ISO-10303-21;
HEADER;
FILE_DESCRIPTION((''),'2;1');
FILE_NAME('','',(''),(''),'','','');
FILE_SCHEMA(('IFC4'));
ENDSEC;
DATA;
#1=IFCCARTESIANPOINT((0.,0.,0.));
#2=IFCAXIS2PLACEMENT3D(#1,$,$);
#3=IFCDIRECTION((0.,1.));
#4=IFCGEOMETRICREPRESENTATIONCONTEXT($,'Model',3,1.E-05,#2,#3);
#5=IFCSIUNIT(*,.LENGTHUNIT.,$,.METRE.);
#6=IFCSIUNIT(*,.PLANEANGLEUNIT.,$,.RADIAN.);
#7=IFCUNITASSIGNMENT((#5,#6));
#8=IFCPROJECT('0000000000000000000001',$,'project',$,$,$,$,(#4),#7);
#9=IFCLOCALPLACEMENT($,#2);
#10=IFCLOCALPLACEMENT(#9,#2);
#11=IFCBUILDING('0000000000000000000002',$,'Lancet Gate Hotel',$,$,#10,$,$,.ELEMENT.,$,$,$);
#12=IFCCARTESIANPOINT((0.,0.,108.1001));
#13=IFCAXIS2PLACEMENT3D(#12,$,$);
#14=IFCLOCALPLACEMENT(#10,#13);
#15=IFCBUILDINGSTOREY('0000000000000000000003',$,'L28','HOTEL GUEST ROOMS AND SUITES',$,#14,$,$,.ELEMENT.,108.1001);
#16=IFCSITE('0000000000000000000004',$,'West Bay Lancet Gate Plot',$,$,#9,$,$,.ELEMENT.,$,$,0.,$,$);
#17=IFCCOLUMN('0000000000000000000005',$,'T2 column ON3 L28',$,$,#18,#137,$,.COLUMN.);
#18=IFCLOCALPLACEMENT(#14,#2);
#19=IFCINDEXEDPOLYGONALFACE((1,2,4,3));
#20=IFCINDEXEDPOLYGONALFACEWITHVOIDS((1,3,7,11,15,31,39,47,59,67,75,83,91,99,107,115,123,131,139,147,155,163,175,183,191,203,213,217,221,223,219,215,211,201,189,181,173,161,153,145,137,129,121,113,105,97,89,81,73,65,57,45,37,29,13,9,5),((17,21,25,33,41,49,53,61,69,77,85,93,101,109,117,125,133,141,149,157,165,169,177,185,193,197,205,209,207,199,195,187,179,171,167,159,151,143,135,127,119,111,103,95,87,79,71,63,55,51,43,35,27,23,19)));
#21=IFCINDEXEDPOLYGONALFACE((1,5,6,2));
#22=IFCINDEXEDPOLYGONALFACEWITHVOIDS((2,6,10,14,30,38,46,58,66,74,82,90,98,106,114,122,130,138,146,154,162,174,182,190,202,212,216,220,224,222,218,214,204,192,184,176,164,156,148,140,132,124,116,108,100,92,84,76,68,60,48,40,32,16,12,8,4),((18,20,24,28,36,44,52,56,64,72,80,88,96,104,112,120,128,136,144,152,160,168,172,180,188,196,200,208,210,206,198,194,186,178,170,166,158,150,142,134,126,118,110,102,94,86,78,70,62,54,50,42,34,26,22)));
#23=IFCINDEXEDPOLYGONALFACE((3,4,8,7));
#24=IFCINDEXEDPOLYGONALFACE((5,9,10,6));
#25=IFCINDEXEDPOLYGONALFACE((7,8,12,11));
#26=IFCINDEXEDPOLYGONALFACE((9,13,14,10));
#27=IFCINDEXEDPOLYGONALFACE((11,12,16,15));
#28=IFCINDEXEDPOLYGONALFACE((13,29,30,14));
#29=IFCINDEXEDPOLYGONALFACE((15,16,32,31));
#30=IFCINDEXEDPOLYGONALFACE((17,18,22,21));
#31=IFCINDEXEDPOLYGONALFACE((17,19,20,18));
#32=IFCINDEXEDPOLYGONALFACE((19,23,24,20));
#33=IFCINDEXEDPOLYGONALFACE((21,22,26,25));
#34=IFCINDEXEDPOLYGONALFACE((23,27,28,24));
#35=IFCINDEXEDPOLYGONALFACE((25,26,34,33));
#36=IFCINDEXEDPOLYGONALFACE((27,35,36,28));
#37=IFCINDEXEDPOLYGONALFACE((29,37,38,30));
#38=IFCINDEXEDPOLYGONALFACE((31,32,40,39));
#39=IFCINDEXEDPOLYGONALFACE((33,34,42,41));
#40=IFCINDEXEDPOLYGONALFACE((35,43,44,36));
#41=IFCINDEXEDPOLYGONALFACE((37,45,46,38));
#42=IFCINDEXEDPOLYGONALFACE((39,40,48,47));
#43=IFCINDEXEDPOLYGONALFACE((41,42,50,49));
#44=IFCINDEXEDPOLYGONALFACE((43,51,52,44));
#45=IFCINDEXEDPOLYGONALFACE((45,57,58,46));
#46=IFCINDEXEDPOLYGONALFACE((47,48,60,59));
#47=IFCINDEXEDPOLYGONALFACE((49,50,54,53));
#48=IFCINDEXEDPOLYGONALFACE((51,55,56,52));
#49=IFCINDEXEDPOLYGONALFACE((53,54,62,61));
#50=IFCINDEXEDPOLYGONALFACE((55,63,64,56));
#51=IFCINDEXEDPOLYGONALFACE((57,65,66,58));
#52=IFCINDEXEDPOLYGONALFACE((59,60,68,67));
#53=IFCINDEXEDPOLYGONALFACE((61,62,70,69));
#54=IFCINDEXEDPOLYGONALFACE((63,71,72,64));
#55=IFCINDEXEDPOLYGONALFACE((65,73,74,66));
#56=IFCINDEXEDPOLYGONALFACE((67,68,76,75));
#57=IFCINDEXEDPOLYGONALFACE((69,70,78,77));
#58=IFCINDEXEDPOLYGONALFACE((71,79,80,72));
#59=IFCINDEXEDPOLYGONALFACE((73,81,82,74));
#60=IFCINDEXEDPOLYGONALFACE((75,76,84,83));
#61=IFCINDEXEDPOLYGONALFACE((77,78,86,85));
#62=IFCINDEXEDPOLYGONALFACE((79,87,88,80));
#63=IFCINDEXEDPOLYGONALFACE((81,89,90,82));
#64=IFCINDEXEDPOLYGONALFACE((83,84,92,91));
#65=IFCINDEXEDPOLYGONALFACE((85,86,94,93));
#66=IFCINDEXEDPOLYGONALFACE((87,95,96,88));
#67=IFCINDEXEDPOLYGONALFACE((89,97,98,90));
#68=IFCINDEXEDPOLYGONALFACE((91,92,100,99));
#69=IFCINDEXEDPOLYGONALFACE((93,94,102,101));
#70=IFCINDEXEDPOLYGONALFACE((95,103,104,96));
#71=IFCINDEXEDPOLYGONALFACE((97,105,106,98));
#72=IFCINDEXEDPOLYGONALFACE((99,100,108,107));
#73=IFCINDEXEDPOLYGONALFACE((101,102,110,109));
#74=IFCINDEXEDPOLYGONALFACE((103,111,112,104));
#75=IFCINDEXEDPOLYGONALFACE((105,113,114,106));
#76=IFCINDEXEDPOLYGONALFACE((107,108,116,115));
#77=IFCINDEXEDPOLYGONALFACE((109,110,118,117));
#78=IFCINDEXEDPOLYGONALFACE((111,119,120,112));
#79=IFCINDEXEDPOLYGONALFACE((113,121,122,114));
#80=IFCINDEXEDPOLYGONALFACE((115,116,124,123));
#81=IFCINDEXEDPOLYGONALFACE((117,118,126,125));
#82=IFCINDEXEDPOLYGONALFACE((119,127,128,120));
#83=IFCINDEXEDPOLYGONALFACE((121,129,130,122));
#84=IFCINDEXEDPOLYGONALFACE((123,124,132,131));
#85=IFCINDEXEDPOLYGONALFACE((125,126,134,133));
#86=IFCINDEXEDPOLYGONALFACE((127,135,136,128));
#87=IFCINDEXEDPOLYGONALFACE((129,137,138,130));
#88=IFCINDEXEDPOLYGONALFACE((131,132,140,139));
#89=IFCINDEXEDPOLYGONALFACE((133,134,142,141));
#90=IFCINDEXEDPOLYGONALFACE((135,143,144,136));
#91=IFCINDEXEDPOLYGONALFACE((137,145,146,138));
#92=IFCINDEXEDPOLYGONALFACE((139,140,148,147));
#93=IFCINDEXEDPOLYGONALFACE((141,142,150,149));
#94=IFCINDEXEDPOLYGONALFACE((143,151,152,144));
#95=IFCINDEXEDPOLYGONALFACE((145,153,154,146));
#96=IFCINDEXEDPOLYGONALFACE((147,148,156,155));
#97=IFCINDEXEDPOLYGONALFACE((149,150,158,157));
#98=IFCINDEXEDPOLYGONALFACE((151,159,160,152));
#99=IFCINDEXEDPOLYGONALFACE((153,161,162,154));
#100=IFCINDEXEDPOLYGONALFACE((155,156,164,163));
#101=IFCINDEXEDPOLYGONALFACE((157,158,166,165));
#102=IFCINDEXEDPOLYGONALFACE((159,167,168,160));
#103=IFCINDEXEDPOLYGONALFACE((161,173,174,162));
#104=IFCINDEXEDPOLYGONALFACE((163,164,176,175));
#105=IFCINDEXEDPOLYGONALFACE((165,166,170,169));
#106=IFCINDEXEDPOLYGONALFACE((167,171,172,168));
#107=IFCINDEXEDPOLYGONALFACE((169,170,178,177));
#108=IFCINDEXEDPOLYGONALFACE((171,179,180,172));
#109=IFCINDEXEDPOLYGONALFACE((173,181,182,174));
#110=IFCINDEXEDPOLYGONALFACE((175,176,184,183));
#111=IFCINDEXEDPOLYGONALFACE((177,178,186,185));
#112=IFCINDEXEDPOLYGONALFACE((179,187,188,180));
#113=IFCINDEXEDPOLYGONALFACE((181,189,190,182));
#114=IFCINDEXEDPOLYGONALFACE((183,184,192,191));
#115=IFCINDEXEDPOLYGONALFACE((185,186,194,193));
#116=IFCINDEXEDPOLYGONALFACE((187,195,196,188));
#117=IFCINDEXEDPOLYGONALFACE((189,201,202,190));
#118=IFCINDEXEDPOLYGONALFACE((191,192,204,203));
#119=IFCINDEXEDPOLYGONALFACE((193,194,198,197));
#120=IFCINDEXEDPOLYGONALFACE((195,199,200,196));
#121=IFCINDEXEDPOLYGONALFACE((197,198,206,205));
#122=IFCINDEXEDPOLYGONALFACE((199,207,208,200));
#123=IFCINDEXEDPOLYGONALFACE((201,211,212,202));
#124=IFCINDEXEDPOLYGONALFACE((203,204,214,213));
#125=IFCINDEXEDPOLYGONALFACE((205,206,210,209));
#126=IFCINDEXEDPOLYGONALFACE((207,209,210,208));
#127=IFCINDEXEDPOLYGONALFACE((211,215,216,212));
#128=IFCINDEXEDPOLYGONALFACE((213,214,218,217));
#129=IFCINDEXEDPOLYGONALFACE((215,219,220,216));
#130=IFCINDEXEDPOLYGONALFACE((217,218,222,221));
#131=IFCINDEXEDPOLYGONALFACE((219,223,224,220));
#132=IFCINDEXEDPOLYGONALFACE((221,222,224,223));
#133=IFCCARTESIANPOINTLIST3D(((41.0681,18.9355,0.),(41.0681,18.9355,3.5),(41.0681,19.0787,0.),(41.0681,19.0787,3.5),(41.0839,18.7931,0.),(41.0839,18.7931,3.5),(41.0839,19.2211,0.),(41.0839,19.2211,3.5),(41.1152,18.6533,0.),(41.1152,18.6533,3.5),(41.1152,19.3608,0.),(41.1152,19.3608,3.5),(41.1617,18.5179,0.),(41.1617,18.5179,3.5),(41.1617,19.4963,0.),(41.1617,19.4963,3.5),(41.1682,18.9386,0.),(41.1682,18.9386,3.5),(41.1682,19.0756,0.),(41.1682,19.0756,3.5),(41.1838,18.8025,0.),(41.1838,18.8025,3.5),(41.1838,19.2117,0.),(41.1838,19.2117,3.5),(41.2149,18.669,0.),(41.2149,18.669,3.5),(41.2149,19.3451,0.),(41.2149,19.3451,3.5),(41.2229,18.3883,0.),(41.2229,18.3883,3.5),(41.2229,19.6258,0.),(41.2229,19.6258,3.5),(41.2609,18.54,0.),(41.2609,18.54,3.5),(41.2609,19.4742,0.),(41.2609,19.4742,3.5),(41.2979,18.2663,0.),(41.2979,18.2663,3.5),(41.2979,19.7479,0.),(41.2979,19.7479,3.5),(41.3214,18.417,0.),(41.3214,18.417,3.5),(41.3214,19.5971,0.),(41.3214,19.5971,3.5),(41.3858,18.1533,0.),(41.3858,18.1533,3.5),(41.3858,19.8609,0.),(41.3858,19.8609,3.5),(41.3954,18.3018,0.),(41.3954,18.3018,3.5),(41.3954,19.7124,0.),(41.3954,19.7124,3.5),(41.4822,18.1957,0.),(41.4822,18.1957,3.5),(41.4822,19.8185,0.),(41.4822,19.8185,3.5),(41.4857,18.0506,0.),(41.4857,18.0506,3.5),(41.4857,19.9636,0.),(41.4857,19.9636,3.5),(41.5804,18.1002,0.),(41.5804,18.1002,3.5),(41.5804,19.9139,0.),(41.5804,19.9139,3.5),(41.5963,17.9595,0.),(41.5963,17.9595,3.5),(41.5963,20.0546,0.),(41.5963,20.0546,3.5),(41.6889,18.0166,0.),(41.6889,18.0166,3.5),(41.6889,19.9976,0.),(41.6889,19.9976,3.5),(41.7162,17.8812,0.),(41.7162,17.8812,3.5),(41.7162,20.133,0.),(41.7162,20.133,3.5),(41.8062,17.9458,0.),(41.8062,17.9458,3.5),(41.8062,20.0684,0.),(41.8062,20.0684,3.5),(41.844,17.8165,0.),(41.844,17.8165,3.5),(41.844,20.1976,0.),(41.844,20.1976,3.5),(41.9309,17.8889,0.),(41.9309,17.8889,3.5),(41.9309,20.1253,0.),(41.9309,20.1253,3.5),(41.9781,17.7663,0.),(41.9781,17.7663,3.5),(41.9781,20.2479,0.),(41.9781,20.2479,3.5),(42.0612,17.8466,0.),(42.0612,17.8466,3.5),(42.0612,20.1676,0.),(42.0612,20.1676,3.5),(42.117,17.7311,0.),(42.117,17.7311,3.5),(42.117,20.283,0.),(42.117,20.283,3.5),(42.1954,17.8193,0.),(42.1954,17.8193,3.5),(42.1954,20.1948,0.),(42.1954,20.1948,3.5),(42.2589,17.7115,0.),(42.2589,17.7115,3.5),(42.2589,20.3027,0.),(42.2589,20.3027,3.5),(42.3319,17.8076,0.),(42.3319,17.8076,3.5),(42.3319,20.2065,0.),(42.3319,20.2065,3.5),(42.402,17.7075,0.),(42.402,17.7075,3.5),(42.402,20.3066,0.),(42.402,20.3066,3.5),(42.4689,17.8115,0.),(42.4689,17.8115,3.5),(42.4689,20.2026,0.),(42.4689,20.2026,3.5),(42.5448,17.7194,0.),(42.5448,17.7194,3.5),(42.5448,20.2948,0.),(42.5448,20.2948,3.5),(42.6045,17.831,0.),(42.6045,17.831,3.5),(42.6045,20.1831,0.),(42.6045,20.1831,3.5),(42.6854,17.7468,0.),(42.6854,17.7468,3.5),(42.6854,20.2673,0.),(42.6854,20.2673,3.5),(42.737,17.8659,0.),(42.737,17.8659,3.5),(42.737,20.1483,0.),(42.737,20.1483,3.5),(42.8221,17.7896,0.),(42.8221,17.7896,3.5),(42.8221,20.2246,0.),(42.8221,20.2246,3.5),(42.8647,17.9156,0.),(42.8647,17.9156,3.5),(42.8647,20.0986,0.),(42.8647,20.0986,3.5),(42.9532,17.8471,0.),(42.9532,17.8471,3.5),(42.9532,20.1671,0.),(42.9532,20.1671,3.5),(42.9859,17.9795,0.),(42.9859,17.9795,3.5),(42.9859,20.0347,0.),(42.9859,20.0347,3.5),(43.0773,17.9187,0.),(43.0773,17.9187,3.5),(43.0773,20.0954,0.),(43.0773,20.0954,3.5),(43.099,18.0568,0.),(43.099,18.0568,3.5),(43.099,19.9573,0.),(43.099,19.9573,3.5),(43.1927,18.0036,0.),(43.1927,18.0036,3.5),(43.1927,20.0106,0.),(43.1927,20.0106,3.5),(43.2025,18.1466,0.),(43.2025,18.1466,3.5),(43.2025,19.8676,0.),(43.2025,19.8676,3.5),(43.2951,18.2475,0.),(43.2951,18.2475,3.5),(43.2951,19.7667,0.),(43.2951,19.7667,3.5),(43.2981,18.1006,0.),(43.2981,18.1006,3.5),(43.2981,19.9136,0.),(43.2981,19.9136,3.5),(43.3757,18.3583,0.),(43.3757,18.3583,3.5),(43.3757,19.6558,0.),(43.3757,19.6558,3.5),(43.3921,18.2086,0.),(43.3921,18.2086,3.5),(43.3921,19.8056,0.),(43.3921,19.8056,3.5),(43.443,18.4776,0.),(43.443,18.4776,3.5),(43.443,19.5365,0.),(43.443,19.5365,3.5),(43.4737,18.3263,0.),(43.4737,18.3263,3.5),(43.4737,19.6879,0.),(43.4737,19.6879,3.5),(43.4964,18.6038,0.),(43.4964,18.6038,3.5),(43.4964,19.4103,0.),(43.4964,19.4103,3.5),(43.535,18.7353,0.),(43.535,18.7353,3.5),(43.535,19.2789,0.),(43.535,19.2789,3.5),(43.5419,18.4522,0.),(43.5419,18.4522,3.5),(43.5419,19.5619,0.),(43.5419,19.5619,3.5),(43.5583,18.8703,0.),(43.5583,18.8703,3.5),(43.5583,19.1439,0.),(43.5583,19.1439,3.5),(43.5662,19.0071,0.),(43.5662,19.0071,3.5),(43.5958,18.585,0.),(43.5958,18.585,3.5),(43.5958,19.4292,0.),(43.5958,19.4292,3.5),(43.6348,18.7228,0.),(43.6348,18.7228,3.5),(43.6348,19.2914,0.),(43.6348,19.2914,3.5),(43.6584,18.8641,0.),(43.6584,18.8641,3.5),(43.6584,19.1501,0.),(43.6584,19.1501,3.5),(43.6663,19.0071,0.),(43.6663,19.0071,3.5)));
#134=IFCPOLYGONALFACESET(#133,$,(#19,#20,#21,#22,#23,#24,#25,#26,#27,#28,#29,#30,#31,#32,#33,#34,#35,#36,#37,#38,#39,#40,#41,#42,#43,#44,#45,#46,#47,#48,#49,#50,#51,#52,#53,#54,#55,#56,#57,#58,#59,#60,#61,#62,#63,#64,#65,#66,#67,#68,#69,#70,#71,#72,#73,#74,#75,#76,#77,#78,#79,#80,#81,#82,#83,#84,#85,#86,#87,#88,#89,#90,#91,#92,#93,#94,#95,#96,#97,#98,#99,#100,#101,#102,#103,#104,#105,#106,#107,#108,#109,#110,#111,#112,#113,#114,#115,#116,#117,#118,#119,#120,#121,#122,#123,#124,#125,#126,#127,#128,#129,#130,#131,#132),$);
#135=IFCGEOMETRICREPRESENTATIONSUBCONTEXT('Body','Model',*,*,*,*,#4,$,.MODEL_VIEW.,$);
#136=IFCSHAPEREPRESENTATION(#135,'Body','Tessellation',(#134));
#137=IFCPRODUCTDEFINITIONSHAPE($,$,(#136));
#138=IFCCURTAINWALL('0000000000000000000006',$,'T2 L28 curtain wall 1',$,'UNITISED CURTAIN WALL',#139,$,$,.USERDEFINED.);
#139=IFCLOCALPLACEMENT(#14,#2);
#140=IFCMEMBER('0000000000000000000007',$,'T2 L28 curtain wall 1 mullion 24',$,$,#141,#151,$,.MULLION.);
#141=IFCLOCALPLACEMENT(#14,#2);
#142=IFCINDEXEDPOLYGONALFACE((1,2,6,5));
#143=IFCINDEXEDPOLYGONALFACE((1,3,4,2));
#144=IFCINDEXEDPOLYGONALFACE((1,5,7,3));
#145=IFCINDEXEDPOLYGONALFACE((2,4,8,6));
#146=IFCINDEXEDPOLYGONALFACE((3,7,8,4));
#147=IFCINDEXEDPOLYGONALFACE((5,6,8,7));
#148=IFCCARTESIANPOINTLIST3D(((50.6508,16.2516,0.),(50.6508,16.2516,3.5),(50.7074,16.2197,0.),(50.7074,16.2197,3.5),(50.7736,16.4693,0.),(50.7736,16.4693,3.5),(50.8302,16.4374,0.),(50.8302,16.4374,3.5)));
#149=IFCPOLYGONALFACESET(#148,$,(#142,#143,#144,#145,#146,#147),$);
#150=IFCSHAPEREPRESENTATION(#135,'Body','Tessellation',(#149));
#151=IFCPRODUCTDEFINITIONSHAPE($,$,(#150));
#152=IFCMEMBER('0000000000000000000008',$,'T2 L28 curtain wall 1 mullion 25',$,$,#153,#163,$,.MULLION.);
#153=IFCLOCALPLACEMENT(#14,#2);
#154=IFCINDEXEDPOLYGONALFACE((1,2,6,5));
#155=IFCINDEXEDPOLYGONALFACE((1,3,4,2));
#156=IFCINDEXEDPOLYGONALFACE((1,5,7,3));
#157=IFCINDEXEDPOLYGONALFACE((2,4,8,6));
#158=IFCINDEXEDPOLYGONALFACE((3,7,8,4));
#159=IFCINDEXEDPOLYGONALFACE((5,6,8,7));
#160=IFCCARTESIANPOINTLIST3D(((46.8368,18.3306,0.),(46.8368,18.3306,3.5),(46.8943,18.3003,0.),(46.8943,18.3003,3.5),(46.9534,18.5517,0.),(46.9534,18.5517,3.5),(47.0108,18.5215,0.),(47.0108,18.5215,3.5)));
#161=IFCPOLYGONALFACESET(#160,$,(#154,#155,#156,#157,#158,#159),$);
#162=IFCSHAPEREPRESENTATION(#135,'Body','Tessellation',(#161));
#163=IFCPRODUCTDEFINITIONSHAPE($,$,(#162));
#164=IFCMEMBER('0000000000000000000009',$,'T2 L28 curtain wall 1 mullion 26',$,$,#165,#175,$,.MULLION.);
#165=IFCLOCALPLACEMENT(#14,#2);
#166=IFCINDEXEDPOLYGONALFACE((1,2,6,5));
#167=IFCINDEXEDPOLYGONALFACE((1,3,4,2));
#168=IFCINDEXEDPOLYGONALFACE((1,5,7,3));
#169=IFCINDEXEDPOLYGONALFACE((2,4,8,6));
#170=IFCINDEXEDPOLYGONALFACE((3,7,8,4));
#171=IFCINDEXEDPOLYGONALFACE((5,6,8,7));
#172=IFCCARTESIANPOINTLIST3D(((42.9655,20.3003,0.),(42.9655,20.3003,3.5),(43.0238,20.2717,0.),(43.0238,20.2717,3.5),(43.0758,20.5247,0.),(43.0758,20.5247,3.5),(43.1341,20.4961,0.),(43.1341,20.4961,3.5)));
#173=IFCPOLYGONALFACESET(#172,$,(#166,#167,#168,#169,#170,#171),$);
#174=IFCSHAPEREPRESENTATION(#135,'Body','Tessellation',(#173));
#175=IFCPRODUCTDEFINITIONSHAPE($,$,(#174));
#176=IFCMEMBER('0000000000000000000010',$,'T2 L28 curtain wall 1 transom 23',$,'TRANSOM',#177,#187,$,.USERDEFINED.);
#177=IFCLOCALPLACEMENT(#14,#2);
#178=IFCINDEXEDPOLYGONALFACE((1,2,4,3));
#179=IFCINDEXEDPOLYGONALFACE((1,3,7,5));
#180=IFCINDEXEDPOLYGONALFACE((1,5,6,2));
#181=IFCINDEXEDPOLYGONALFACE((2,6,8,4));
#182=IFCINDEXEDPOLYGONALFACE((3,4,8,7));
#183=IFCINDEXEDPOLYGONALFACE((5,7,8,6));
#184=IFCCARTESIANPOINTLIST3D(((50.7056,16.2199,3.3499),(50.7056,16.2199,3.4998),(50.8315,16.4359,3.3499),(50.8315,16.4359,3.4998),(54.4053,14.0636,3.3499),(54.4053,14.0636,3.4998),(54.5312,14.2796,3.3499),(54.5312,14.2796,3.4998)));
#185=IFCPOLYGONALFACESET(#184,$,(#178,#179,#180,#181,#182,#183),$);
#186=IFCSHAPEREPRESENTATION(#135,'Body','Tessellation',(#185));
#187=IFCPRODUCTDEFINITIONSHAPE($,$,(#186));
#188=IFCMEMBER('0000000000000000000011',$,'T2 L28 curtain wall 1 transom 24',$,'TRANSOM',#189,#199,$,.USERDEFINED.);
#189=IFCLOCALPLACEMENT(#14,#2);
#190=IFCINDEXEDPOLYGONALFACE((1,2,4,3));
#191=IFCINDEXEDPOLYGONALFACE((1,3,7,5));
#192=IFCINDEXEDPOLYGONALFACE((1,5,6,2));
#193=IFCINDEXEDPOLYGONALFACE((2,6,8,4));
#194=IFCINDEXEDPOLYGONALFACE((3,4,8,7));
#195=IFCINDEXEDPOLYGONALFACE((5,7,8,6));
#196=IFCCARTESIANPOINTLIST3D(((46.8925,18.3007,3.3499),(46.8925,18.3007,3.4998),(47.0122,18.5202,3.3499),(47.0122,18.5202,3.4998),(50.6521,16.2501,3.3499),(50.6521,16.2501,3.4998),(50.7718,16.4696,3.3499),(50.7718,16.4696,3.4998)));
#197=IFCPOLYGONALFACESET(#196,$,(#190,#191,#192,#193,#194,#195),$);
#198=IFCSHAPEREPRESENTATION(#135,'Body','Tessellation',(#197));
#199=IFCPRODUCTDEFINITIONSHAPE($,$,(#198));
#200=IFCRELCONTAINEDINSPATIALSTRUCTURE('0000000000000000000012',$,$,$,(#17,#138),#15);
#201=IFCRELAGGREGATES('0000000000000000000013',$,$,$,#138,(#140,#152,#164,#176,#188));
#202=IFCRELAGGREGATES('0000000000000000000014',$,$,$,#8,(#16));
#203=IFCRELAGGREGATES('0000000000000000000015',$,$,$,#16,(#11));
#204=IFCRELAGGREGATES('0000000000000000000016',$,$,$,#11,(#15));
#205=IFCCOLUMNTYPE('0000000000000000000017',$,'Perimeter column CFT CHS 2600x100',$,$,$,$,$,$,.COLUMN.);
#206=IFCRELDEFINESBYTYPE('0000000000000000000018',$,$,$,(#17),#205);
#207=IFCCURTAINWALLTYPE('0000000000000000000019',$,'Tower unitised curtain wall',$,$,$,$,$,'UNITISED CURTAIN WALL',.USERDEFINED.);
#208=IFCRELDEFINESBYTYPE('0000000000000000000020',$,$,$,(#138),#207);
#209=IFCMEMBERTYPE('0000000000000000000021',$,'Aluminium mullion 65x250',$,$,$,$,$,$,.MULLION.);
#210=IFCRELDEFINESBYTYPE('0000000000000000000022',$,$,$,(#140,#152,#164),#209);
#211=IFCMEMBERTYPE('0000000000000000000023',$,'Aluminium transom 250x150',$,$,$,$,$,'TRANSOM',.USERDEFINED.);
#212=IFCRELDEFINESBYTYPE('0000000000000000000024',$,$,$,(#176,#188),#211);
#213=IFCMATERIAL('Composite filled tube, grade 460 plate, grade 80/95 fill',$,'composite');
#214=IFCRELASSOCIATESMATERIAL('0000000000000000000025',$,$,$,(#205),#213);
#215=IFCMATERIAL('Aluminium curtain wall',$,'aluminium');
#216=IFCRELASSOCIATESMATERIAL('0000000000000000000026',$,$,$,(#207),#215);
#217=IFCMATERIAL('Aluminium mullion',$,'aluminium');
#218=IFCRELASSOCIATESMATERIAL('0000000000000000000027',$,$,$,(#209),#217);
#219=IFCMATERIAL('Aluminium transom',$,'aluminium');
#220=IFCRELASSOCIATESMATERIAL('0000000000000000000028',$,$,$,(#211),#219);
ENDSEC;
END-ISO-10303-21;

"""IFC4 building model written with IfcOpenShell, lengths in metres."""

from ifc_helpers import new_model, si_unit, direction, frame, origin, origin_2d, place, context, subcontext, project, spatial, rectangle, hollow_circle, extrude, material, material_profile, profile_set, type_object, element, aggregate, save


model = new_model("IFC4")

# Units and contexts
model_context = context("Model", 3, precision=1e-05, world=origin(), true_north=direction((0.0, 1.0)))
body_context = subcontext(model_context, "Body", "Model", "MODEL_VIEW")
ifc_project = project(units=[si_unit("LENGTHUNIT", "METRE"), si_unit("PLANEANGLEUNIT", "RADIAN")], contexts=[model_context])

# Site, building, storey
site_placement = place(None, origin())
site = spatial("IfcSite", under=ifc_project, at=site_placement, Name="West Bay Lancet Gate Plot", CompositionType="ELEMENT", RefElevation=0.0)
building_placement = place(site_placement, origin())
building = spatial("IfcBuilding", under=site, at=building_placement, Name="Lancet Gate Hotel", CompositionType="ELEMENT")
storey_placement = place(building_placement, frame((0.0, 0.0, 108.1001)))
storey = spatial("IfcBuildingStorey", under=building, at=storey_placement, Name="L28", Description="HOTEL GUEST ROOMS AND SUITES", CompositionType="ELEMENT", Elevation=108.1001)

# Column
ifc_material_1 = material(Name="Composite filled tube, grade 460 plate, grade 80/95 fill", Category="composite")
ifc_material_profile_1 = material_profile(ifc_material_1, hollow_circle(Radius=1.3, WallThickness=0.1001, at=origin_2d()), Name="CHS 2600x100")
ifc_profile_set_1 = profile_set([ifc_material_profile_1], Name="Composite filled tube, grade 460 plate, grade 80/95 fill")
column_type = type_object("IfcColumnType", Name="Perimeter column CFT CHS 2600x100", PredefinedType="COLUMN", material=ifc_profile_set_1)
for number, where, z_axis, x_axis, name in (
    (1, (42.3662, 19.0071, 0.0), (0.0, 0.0, 1.0), (1.0, 0.0, 0.0), "T2 column ON3 L28"),
):
    element("IfcColumn", number, at=place(storey_placement, frame(where, z_axis=z_axis, x_axis=x_axis)), inside=storey, type_object=column_type, Name=name, PredefinedType="COLUMN", context=body_context, shape_type="SweptSolid", body=[
        extrude(hollow_circle(Radius=1.3, WallThickness=0.1001, at=origin_2d()), origin(), (0.0, 0.0, 1.0), 3.5),
    ])

# Curtain wall, members
ifc_material_2 = material(Name="Aluminium curtain wall", Category="aluminium")
curtain_wall_type = type_object("IfcCurtainWallType", Name="Tower unitised curtain wall", ElementType="UNITISED CURTAIN WALL", PredefinedType="USERDEFINED", material=ifc_material_2)
curtain_wall_placement = place(storey_placement, origin())
curtain_wall = element("IfcCurtainWall", 2, at=curtain_wall_placement, inside=storey, type_object=curtain_wall_type, Name="T2 L28 curtain wall 1", ObjectType="UNITISED CURTAIN WALL", PredefinedType="USERDEFINED")
ifc_material_3 = material(Name="Aluminium mullion", Category="aluminium")
ifc_material_profile_2 = material_profile(ifc_material_3, rectangle(XDim=0.0649, YDim=0.25, at=origin_2d()), Name="MULLION 65x250")
ifc_profile_set_2 = profile_set([ifc_material_profile_2], Name="Aluminium mullion")
member_type_1 = type_object("IfcMemberType", Name="Aluminium mullion 65x250", PredefinedType="MULLION", material=ifc_profile_set_2)
member_1_placement = place(storey_placement, frame((50.7405, 16.3445, 0.0), z_axis=(0.0, 0.0, 1.0), x_axis=(-0.871029, 0.491232, 0.0)))
member_1 = element("IfcMember", 3, at=member_1_placement, type_object=member_type_1, Name="T2 L28 curtain wall 1 mullion 24", PredefinedType="MULLION", context=body_context, shape_type="SweptSolid", body=[
    extrude(rectangle(XDim=0.0649, YDim=0.25, at=origin_2d()), origin(), (0.0, 0.0, 1.0), 3.5),
])
member_2_placement = place(storey_placement, frame((46.9238, 18.426, 0.0), z_axis=(0.0, 0.0, 1.0), x_axis=(-0.884627, 0.466299, 0.0)))
member_2 = element("IfcMember", 4, at=member_2_placement, type_object=member_type_1, Name="T2 L28 curtain wall 1 mullion 25", PredefinedType="MULLION", context=body_context, shape_type="SweptSolid", body=[
    extrude(rectangle(XDim=0.0649, YDim=0.25, at=origin_2d()), origin(), (0.0, 0.0, 1.0), 3.5),
])
member_3_placement = place(storey_placement, frame((43.0498, 20.3982, 0.0), z_axis=(0.0, 0.0, 1.0), x_axis=(-0.897512, 0.44099, 0.0)))
member_3 = element("IfcMember", 5, at=member_3_placement, type_object=member_type_1, Name="T2 L28 curtain wall 1 mullion 26", PredefinedType="MULLION", context=body_context, shape_type="SweptSolid", body=[
    extrude(rectangle(XDim=0.0649, YDim=0.25, at=origin_2d()), origin(), (0.0, 0.0, 1.0), 3.5),
])
ifc_material_4 = material(Name="Aluminium transom", Category="aluminium")
ifc_material_profile_3 = material_profile(ifc_material_4, rectangle(XDim=0.25, YDim=0.1499, at=origin_2d()), Name="TRANSOM 250x150")
ifc_profile_set_3 = profile_set([ifc_material_profile_3], Name="Aluminium transom")
member_type_2 = type_object("IfcMemberType", Name="Aluminium transom 250x150", ElementType="TRANSOM", PredefinedType="USERDEFINED", material=ifc_profile_set_3)
member_4_placement = place(storey_placement, frame((54.4683, 14.1716, 3.4248), z_axis=(-0.863973, 0.503538, 0.0), x_axis=(-0.503538, -0.863973, 0.0)))
member_4 = element("IfcMember", 6, at=member_4_placement, type_object=member_type_2, Name="T2 L28 curtain wall 1 transom 23", ObjectType="TRANSOM", PredefinedType="USERDEFINED", context=body_context, shape_type="SweptSolid", body=[
    extrude(rectangle(XDim=0.25, YDim=0.1499, at=origin_2d()), origin(), (0.0, 0.0, 1.0), 4.2822),
])
member_5_placement = place(storey_placement, frame((50.7119, 16.3599, 3.4248), z_axis=(-0.877906, 0.478832, 0.0), x_axis=(-0.478832, -0.877906, 0.0)))
member_5 = element("IfcMember", 7, at=member_5_placement, type_object=member_type_2, Name="T2 L28 curtain wall 1 transom 24", ObjectType="TRANSOM", PredefinedType="USERDEFINED", context=body_context, shape_type="SweptSolid", body=[
    extrude(rectangle(XDim=0.25, YDim=0.1499, at=origin_2d()), origin(), (0.0, 0.0, 1.0), 4.2825),
])

aggregate(curtain_wall, [member_1, member_2, member_3, member_4, member_5])

save(model, "model.ifc")
